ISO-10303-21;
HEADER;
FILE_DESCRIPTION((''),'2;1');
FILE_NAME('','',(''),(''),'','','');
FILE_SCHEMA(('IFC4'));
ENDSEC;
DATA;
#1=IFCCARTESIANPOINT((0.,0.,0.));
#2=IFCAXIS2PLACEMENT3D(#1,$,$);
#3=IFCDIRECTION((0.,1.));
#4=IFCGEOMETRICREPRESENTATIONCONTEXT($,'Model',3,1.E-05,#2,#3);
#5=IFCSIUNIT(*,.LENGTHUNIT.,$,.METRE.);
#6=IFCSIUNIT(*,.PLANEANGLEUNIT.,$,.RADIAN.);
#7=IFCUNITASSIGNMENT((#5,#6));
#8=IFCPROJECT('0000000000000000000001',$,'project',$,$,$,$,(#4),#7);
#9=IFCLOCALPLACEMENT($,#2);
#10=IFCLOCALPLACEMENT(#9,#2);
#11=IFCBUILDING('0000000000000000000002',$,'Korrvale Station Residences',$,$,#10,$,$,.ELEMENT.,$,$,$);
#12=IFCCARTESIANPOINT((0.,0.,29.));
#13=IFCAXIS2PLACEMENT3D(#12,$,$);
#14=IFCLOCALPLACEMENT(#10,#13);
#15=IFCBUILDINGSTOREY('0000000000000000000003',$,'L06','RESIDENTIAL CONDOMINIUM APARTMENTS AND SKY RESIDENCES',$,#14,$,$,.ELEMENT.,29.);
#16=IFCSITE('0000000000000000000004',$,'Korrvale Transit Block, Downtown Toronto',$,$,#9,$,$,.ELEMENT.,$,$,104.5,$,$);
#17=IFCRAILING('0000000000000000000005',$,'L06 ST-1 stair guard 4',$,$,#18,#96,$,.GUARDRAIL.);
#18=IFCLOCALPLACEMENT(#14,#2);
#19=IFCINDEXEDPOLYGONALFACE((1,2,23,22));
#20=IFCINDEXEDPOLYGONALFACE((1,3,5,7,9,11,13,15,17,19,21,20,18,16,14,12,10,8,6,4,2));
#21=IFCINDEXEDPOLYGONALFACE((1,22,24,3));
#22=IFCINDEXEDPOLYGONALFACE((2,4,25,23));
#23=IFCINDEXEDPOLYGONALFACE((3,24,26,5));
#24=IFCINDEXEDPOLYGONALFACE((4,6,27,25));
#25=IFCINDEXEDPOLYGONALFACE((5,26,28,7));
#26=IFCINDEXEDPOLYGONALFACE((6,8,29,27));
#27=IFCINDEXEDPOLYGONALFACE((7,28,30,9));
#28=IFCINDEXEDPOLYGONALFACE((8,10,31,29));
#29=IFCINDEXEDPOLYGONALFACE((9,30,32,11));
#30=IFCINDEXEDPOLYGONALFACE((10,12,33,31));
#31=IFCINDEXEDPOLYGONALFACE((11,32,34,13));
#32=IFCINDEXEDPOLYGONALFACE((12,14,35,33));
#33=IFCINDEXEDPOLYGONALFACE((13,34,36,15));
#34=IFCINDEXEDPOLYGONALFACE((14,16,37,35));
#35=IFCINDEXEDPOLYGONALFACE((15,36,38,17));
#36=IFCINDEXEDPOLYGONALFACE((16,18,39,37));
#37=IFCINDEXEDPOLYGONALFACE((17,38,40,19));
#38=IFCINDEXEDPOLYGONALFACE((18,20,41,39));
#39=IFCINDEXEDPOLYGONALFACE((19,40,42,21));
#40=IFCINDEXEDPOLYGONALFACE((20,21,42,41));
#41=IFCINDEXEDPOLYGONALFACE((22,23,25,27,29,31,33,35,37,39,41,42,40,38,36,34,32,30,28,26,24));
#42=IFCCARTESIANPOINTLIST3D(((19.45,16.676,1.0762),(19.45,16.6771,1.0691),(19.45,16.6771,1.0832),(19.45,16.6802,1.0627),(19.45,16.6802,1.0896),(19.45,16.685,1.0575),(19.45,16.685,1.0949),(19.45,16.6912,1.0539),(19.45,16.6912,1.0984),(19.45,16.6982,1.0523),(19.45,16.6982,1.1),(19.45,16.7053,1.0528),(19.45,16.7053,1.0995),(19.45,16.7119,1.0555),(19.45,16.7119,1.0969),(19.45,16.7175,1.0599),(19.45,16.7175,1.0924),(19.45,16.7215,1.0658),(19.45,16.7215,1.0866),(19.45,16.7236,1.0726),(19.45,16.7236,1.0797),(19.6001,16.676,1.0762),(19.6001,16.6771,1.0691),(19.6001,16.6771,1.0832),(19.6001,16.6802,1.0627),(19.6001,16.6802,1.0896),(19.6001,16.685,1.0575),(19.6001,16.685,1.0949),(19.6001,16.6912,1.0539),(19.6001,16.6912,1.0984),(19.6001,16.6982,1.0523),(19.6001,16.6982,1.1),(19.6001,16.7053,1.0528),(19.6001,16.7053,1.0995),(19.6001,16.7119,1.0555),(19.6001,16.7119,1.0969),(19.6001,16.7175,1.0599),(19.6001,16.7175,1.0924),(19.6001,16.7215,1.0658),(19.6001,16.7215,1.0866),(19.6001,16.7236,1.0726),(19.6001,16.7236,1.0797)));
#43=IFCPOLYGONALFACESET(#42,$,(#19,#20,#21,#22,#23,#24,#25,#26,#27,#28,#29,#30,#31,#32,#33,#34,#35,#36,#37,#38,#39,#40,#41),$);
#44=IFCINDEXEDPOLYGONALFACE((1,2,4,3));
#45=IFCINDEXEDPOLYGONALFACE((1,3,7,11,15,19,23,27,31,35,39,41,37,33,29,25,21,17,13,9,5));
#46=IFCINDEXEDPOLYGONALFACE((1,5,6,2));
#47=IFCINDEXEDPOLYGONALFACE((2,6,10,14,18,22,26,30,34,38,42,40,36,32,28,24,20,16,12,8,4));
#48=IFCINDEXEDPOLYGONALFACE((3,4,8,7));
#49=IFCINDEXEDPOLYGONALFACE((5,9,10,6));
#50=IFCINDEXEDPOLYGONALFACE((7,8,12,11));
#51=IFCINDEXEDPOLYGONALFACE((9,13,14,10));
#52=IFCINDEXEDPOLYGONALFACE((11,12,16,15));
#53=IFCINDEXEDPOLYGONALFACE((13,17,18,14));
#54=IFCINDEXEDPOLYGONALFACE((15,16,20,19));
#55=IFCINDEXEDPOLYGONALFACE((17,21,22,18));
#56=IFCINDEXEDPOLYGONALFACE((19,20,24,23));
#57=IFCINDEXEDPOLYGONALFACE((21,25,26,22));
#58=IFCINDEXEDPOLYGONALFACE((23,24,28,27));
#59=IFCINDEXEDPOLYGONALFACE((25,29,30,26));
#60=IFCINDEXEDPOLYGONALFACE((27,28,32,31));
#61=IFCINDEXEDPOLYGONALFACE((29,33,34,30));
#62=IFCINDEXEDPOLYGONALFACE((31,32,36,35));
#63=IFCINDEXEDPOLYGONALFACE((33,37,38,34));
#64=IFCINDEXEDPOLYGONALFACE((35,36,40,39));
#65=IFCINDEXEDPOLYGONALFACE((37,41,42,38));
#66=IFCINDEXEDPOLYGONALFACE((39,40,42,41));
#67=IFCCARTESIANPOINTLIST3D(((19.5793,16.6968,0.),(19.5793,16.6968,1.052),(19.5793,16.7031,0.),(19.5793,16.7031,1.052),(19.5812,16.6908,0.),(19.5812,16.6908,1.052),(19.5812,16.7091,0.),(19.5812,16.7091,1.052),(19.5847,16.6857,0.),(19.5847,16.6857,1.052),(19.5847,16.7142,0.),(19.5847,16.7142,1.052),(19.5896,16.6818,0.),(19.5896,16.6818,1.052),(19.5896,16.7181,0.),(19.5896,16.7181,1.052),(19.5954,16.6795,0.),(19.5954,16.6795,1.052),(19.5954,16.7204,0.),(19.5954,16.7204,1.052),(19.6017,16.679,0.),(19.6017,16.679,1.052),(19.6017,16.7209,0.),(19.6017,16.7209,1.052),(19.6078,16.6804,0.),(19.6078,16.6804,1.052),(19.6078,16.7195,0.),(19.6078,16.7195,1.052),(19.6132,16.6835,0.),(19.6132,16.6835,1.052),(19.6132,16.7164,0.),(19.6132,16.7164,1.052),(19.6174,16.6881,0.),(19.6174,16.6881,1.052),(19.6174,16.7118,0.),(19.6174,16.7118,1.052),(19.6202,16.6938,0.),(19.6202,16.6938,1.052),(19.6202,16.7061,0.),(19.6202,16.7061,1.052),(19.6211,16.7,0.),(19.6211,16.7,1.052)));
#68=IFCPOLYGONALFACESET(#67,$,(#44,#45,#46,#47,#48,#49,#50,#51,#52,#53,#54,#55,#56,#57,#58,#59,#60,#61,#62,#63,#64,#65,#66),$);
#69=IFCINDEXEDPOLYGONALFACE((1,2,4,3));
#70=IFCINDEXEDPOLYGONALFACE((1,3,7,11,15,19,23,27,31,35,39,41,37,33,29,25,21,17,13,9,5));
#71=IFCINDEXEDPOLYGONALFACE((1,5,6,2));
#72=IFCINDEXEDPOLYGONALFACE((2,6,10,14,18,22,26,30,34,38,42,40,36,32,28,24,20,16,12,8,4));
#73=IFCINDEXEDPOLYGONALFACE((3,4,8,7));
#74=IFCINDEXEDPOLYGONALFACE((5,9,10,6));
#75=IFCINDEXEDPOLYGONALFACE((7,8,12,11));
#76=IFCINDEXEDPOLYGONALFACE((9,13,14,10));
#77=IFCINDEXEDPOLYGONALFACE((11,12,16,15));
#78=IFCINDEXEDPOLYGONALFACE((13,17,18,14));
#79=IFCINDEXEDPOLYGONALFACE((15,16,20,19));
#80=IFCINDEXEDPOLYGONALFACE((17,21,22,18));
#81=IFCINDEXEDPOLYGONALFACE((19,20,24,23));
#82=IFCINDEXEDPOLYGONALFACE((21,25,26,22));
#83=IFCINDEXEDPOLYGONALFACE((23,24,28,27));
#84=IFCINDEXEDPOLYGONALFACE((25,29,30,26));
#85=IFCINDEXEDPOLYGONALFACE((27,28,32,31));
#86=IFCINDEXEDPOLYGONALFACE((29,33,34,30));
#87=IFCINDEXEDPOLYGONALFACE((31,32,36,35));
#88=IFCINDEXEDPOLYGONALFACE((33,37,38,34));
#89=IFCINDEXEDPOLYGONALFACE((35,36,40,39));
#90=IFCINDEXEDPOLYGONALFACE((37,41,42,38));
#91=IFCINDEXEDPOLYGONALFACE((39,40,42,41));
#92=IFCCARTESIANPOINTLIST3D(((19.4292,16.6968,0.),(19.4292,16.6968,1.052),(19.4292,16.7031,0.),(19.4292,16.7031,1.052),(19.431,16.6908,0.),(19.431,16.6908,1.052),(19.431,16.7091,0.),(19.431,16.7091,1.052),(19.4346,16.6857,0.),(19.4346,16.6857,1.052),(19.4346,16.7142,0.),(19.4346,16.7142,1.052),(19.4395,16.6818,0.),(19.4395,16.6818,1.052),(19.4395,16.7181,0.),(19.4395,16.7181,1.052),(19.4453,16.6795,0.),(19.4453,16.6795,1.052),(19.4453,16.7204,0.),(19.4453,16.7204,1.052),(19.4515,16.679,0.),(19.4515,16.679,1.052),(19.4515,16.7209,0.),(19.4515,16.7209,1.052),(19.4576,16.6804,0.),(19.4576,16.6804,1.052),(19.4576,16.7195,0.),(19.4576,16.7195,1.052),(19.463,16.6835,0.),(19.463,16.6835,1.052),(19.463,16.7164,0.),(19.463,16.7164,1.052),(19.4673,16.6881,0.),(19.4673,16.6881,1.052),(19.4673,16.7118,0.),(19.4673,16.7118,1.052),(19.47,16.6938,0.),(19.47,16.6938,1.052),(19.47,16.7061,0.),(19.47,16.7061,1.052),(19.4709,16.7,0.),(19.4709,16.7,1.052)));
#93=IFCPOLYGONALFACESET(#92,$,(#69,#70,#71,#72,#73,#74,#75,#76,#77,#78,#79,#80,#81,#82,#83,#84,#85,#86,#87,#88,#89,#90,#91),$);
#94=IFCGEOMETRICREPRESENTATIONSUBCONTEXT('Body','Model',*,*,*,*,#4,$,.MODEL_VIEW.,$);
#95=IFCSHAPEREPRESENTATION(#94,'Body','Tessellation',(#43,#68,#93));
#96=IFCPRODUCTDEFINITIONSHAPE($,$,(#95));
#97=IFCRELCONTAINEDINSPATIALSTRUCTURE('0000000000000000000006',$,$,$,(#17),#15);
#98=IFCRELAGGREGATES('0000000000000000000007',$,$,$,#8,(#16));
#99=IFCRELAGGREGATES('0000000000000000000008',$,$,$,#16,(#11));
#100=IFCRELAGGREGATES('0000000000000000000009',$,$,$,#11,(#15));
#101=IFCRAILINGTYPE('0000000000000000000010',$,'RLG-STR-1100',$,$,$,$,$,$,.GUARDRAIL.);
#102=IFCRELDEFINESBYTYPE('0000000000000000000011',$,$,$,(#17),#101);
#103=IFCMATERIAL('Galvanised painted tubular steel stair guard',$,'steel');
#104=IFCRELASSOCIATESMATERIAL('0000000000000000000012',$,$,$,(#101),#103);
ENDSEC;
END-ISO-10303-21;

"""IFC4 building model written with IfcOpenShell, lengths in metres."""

from ifc_helpers import new_model, si_unit, direction, frame, origin, origin_2d, place, context, subcontext, project, spatial, circle, extrude, material, type_object, element, save


model = new_model("IFC4")

# Units and contexts
model_context = context("Model", 3, precision=1e-05, world=origin(), true_north=direction((0.0, 1.0)))
body_context = subcontext(model_context, "Body", "Model", "MODEL_VIEW")
ifc_project = project(units=[si_unit("LENGTHUNIT", "METRE"), si_unit("PLANEANGLEUNIT", "RADIAN")], contexts=[model_context])

# Site, building, storey
site_placement = place(None, origin())
site = spatial("IfcSite", under=ifc_project, at=site_placement, Name="Korrvale Transit Block, Downtown Toronto", CompositionType="ELEMENT", RefElevation=104.5)
building_placement = place(site_placement, origin())
building = spatial("IfcBuilding", under=site, at=building_placement, Name="Korrvale Station Residences", CompositionType="ELEMENT")
storey_placement = place(building_placement, frame((0.0, 0.0, 29.0)))
storey = spatial("IfcBuildingStorey", under=building, at=storey_placement, Name="L06", Description="RESIDENTIAL CONDOMINIUM APARTMENTS AND SKY RESIDENCES", CompositionType="ELEMENT", Elevation=29.0)

# Railing
ifc_material_1 = material(Name="Galvanised painted tubular steel stair guard", Category="steel")
railing_type_1 = type_object("IfcRailingType", Name="RLG-STR-1100", PredefinedType="GUARDRAIL", material=ifc_material_1)
railing_1_placement = place(storey_placement, frame((19.6001, 16.7, 0.0)))
element("IfcRailing", 1, at=railing_1_placement, inside=storey, type_object=railing_type_1, Name="L06 ST-1 stair guard 4", PredefinedType="GUARDRAIL", context=body_context, shape_type="SweptSolid", body=[
    extrude(circle(Radius=0.0239, at=origin_2d()), frame((0.0, 0.0, 1.0762), z_axis=(-1.0, 0.0, 0.0), x_axis=(0.0, -1.0, 0.0)), (0.0, 0.0, 1.0), 0.1501),
    extrude(circle(Radius=0.021, at=origin_2d()), origin(), (0.0, 0.0, 1.0), 1.052),
    extrude(circle(Radius=0.021, at=origin_2d()), frame((-0.1501, 0.0, 0.0)), (0.0, 0.0, 1.0), 1.052),
])

save(model, "model.ifc")
